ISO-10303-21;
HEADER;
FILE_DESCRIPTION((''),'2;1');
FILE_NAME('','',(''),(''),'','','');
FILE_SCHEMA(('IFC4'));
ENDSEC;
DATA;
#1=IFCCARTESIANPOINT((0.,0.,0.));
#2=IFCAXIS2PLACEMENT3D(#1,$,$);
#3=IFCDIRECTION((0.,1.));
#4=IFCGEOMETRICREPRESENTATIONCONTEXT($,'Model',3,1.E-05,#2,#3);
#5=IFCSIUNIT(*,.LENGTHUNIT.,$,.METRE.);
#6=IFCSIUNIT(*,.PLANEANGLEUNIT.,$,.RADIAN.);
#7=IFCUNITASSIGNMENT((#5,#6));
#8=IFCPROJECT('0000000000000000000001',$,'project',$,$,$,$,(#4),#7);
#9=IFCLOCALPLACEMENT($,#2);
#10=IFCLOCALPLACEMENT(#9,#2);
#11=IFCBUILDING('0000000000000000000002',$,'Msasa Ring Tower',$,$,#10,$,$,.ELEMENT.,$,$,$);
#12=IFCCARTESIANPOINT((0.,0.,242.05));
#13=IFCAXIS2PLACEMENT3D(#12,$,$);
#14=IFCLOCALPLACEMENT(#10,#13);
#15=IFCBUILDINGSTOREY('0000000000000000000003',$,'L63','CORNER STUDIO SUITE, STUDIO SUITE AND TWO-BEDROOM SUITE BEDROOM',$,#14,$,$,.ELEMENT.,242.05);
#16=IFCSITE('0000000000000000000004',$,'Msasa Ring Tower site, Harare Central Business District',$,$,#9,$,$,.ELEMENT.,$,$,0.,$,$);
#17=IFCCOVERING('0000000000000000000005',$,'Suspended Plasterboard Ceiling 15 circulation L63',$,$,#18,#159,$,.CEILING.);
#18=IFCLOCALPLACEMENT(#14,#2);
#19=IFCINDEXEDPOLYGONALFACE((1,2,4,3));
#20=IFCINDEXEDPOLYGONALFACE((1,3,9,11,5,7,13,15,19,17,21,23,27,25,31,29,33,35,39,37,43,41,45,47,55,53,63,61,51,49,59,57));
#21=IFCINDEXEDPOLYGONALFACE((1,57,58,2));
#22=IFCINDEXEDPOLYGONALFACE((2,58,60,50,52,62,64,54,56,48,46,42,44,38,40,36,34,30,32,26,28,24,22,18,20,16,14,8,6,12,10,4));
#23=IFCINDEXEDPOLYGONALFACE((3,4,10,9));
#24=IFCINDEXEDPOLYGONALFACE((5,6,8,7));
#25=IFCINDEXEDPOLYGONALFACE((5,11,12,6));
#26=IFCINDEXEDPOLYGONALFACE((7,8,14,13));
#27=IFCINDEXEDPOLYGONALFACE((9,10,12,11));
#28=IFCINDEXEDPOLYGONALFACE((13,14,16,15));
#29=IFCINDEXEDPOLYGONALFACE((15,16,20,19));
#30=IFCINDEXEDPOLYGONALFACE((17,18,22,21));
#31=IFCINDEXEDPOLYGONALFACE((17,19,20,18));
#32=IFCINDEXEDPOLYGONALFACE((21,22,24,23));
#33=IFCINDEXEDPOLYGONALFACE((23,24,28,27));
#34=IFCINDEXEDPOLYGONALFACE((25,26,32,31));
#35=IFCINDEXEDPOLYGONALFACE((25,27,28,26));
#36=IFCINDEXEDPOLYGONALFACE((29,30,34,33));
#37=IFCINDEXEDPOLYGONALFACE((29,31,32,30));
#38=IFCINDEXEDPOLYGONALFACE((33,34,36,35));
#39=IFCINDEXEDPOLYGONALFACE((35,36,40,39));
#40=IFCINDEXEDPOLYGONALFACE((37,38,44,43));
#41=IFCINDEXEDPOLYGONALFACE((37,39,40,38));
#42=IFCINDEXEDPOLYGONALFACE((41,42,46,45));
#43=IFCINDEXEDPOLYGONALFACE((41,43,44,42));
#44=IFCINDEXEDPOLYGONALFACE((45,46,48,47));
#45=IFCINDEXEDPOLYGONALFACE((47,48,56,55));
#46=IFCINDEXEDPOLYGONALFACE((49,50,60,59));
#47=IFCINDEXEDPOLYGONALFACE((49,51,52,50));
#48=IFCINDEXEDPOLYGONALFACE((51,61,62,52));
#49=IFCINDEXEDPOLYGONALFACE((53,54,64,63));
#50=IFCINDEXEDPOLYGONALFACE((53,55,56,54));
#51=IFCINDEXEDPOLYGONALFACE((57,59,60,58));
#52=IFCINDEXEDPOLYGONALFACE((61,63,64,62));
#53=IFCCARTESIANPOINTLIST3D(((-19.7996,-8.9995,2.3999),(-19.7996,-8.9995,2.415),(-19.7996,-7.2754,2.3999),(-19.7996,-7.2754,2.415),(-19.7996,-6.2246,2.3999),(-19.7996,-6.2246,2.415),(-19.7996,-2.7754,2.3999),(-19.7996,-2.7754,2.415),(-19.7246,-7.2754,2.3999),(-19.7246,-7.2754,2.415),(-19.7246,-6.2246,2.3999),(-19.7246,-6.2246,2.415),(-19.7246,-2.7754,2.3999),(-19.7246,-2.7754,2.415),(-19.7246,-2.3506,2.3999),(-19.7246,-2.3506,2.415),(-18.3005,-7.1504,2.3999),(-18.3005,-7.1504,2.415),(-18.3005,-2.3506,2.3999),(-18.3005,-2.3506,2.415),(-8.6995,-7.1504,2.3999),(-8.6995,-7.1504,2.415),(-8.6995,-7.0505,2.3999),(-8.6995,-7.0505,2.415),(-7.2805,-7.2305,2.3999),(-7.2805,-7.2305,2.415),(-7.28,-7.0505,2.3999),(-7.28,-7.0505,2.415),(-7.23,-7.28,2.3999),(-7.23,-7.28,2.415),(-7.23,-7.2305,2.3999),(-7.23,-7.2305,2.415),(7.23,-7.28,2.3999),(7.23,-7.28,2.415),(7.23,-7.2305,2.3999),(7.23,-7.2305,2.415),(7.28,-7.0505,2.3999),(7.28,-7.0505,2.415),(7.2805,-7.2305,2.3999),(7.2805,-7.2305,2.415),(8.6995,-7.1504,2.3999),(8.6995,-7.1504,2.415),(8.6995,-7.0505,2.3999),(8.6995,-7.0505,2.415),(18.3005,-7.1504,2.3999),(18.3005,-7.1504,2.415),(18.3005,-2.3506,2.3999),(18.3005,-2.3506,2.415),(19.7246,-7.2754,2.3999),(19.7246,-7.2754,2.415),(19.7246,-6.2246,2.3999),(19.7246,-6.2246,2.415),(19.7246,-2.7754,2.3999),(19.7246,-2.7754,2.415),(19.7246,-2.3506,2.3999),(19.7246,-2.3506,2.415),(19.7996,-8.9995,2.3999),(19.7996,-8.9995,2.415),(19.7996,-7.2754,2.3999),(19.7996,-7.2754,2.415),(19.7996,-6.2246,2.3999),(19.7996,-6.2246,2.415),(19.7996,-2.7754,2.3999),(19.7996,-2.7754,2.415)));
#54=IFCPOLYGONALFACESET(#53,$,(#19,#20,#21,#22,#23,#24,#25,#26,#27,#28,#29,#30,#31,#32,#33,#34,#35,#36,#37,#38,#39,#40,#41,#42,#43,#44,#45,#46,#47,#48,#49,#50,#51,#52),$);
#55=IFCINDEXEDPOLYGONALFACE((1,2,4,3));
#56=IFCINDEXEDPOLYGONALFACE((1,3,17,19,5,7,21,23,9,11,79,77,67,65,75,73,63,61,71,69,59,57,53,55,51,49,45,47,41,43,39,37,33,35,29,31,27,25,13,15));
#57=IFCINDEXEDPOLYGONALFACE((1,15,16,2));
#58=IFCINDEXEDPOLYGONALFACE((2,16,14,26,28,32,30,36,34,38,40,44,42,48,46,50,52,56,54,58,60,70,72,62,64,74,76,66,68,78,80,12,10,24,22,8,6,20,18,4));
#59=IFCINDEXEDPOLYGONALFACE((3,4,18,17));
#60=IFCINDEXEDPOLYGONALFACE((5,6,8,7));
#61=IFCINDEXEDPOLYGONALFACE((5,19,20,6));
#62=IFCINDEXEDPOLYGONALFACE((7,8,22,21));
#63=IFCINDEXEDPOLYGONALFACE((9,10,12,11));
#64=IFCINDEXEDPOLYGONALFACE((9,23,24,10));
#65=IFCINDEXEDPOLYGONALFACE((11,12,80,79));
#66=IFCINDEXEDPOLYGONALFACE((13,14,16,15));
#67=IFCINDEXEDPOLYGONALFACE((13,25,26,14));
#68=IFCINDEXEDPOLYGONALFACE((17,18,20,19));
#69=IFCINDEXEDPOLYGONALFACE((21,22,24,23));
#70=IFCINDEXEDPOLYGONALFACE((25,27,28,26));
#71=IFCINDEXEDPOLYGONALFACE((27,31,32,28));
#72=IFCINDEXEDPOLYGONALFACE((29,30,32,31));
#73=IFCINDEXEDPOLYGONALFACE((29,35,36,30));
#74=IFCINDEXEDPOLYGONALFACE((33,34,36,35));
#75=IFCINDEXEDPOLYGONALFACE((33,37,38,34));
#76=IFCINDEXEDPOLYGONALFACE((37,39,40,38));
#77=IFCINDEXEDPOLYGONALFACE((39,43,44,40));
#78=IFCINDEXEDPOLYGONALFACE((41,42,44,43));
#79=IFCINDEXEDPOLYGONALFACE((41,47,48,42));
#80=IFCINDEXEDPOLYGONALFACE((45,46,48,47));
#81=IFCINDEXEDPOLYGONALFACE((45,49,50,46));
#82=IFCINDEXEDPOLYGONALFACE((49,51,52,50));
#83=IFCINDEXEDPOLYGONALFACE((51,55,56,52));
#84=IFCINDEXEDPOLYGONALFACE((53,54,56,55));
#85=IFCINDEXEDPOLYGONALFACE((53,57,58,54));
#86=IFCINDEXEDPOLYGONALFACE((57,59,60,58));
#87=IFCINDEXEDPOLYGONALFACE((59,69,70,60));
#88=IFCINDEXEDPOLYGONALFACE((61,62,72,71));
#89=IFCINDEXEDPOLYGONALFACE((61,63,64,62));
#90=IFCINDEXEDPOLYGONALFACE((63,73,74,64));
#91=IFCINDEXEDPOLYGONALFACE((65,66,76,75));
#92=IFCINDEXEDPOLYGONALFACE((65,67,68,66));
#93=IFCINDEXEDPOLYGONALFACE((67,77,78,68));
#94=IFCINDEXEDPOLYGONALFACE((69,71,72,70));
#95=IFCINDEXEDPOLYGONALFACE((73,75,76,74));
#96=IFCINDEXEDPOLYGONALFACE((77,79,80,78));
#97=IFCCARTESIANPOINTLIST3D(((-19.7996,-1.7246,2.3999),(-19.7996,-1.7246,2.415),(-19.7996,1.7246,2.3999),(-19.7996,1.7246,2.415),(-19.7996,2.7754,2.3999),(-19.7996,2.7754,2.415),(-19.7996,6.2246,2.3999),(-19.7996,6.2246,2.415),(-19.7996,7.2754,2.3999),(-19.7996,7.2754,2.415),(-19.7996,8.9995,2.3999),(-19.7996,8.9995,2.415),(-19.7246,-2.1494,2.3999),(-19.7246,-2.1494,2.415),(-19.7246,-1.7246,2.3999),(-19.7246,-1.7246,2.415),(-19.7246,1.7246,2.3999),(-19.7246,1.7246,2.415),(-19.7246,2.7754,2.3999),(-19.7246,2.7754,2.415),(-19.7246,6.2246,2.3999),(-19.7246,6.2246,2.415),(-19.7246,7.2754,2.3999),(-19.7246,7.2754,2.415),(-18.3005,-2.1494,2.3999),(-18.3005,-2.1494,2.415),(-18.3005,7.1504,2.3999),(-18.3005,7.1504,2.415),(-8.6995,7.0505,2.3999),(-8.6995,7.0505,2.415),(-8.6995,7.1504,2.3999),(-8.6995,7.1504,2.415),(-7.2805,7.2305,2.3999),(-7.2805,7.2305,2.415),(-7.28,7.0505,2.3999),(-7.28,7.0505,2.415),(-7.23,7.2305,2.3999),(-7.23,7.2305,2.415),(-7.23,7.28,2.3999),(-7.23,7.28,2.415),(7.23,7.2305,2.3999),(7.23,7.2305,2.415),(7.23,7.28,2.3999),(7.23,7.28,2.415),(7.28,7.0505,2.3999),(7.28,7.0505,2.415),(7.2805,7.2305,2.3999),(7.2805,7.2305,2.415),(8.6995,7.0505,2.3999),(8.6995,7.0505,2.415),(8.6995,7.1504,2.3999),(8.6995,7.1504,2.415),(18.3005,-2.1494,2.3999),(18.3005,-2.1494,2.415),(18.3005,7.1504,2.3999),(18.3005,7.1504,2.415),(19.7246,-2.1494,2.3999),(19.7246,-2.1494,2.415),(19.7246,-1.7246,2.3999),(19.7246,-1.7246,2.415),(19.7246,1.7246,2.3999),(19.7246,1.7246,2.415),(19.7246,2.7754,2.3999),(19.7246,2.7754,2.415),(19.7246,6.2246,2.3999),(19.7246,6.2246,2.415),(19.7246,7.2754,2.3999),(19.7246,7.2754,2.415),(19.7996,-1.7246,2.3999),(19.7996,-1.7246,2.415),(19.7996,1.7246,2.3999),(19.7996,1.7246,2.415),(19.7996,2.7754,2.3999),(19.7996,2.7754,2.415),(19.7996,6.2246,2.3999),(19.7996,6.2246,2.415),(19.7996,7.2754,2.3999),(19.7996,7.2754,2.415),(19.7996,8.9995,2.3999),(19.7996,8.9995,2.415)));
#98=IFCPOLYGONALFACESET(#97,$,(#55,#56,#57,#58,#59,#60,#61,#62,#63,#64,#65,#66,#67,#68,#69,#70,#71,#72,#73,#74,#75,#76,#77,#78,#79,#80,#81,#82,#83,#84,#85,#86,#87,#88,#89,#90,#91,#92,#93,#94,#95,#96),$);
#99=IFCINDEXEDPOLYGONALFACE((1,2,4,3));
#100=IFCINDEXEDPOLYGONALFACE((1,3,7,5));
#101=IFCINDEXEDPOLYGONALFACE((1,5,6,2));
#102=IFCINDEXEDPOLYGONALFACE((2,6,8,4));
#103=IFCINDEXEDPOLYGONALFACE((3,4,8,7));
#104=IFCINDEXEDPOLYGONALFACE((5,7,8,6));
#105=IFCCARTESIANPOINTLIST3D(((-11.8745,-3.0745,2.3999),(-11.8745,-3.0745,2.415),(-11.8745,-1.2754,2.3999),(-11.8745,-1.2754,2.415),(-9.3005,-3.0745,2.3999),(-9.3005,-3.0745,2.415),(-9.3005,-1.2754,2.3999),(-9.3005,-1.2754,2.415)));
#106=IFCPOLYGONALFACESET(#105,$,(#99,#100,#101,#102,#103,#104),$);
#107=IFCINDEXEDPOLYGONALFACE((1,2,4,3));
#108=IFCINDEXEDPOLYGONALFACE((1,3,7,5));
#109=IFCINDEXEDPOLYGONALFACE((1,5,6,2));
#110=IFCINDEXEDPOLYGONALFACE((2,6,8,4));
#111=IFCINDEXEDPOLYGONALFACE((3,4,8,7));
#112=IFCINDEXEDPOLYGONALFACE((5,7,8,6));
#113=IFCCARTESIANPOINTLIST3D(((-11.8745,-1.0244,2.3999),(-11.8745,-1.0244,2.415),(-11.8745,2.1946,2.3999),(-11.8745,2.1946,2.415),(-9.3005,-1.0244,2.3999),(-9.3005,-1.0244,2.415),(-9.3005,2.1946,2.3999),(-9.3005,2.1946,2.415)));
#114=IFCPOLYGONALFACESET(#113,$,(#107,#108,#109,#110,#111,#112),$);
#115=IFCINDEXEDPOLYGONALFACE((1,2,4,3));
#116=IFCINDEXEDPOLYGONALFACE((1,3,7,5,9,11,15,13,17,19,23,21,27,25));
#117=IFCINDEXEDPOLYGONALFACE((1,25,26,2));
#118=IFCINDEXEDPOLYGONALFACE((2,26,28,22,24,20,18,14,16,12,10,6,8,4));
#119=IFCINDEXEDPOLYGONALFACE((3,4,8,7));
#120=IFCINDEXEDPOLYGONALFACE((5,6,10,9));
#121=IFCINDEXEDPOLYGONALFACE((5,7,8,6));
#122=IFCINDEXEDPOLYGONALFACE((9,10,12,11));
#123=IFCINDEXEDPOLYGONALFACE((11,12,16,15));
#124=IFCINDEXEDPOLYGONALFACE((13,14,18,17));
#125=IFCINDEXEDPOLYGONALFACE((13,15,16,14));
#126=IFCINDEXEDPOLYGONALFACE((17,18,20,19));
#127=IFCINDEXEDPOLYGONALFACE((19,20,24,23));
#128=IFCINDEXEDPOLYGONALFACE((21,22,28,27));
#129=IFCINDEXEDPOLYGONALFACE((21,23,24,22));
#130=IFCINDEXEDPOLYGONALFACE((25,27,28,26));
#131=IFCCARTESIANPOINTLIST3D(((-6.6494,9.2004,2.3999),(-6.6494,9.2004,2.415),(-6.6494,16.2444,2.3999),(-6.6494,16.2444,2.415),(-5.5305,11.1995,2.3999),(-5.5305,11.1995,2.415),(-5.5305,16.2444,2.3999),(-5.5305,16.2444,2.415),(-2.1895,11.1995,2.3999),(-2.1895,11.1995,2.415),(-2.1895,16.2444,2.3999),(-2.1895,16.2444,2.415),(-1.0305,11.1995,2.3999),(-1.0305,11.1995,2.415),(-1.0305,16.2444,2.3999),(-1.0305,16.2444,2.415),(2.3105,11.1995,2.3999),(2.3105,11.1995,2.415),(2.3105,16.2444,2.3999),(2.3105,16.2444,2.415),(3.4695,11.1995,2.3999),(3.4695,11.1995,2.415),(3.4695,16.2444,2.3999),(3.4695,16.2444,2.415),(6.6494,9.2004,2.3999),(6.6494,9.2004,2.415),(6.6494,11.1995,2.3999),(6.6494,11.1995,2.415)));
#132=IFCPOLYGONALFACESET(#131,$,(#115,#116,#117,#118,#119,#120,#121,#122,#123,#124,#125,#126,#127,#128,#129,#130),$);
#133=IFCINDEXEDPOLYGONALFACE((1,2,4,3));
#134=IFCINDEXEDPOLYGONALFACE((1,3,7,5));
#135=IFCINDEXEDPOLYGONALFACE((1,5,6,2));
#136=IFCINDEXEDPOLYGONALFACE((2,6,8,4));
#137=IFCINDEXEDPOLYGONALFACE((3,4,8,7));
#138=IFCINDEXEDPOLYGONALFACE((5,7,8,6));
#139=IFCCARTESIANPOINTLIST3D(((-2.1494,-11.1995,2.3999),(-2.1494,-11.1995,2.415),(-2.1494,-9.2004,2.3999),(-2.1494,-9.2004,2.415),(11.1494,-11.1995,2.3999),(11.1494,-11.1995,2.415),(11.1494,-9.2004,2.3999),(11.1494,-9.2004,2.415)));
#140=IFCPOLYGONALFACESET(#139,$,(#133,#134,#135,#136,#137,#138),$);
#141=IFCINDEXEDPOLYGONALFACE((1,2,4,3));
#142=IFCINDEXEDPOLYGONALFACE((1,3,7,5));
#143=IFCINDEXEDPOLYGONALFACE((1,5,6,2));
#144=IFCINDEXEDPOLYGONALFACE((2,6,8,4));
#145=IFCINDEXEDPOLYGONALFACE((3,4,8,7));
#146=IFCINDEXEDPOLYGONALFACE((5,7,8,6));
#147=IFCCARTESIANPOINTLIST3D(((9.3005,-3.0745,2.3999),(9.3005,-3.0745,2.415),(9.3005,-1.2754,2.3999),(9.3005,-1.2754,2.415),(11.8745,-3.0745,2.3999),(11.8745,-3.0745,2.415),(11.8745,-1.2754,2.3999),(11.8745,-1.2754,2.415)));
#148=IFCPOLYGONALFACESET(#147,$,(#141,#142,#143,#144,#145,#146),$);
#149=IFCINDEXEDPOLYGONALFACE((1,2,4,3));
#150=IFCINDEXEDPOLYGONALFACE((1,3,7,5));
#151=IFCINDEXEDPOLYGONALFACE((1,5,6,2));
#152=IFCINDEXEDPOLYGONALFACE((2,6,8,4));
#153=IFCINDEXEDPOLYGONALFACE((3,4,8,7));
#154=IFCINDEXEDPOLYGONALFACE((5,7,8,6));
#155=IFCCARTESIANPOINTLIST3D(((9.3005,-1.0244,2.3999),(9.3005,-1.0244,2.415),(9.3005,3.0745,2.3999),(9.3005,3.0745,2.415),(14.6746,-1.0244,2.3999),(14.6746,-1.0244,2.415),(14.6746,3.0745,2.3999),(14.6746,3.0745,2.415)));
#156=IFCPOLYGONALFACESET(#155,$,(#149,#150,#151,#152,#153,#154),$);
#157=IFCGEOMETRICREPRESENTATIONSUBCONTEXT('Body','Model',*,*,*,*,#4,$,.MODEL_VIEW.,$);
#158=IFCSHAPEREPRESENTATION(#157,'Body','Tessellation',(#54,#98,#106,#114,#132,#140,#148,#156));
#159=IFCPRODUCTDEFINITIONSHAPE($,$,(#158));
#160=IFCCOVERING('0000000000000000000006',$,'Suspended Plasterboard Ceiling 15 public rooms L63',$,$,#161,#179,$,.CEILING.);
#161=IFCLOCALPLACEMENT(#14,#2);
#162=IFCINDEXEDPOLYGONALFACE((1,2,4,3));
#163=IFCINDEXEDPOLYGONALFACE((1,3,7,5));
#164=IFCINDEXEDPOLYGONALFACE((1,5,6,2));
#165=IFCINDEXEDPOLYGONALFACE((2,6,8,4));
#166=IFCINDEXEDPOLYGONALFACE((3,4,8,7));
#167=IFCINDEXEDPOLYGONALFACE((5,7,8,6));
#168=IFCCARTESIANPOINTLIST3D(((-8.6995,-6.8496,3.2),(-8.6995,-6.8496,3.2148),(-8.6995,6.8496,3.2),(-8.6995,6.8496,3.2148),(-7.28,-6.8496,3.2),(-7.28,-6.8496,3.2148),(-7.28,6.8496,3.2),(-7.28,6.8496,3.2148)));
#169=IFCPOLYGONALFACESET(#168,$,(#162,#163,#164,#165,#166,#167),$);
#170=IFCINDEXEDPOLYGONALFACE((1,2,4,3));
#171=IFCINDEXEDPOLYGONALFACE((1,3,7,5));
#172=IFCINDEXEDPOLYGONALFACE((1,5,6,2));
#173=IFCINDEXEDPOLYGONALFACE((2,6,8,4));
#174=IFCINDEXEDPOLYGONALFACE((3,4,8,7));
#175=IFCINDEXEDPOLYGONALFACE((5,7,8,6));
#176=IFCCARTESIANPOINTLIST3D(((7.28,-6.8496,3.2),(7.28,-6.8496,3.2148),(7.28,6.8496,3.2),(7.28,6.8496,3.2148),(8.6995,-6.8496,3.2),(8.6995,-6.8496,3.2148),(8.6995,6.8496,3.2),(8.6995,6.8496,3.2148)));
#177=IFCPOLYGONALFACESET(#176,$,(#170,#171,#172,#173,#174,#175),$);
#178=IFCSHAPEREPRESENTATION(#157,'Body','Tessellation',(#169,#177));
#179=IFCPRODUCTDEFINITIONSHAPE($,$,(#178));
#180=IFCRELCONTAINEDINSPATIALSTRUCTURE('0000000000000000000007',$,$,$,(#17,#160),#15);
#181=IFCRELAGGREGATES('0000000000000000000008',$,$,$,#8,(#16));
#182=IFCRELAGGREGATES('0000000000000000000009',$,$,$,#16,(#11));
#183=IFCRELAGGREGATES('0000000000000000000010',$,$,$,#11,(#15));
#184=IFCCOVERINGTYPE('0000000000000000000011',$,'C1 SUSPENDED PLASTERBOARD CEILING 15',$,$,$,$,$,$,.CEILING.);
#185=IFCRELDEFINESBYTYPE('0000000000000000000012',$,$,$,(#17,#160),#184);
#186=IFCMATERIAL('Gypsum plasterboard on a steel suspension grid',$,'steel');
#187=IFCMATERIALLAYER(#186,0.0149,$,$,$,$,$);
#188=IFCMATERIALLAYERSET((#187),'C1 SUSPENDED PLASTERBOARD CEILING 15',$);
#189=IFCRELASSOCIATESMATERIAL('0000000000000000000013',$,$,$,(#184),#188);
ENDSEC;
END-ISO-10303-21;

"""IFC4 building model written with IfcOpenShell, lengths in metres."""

from ifc_helpers import new_model, si_unit, direction, frame, origin, place, context, subcontext, project, spatial, line, indexed_curve, outline, extrude, material, layer, layer_set, type_object, element, save


model = new_model("IFC4")

# Units and contexts
model_context = context("Model", 3, precision=1e-05, world=origin(), true_north=direction((0.0, 1.0)))
body_context = subcontext(model_context, "Body", "Model", "MODEL_VIEW")
ifc_project = project(units=[si_unit("LENGTHUNIT", "METRE"), si_unit("PLANEANGLEUNIT", "RADIAN")], contexts=[model_context])

# Site, building, storey
site_placement = place(None, origin())
site = spatial("IfcSite", under=ifc_project, at=site_placement, Name="Msasa Ring Tower site, Harare Central Business District", CompositionType="ELEMENT", RefElevation=0.0)
building_placement = place(site_placement, origin())
building = spatial("IfcBuilding", under=site, at=building_placement, Name="Msasa Ring Tower", CompositionType="ELEMENT")
storey_placement = place(building_placement, frame((0.0, 0.0, 242.05)))
storey = spatial("IfcBuildingStorey", under=building, at=storey_placement, Name="L63", Description="CORNER STUDIO SUITE, STUDIO SUITE AND TWO-BEDROOM SUITE BEDROOM", CompositionType="ELEMENT", Elevation=242.05)

# Coverings
ifc_material_1 = material(Name="Gypsum plasterboard on a steel suspension grid", Category="steel")
ifc_layer_1 = layer(ifc_material_1, 0.0149)
ifc_layer_set_1 = layer_set([ifc_layer_1], Name="C1 SUSPENDED PLASTERBOARD CEILING 15")
covering_type_1 = type_object("IfcCoveringType", Name="C1 SUSPENDED PLASTERBOARD CEILING 15", PredefinedType="CEILING", material=ifc_layer_set_1)
covering_1_placement = place(storey_placement, frame((0.0, 0.0, 2.3999)))
element("IfcCovering", 1, at=covering_1_placement, inside=storey, type_object=covering_type_1, Name="Suspended Plasterboard Ceiling 15 circulation L63", PredefinedType="CEILING", context=body_context, shape_type="SweptSolid", body=[
    extrude(outline(indexed_curve([(8.6995, -7.1504), (18.3005, -7.1504), (18.3005, -2.3506), (19.7246, -2.3506), (19.7246, -2.7754), (19.7996, -2.7754), (19.7996, -6.2246), (19.7246, -6.2246), (19.7246, -7.2754), (19.7996, -7.2754), (19.7996, -8.9995), (-19.7996, -8.9995), (-19.7996, -7.2754), (-19.7246, -7.2754), (-19.7246, -6.2246), (-19.7996, -6.2246), (-19.7996, -2.7754), (-19.7246, -2.7754), (-19.7246, -2.3506), (-18.3005, -2.3506), (-18.3005, -7.1504), (-8.6995, -7.1504), (-8.6995, -7.0505), (-7.28, -7.0505), (-7.2805, -7.2305), (-7.23, -7.2305), (-7.23, -7.28), (7.23, -7.28), (7.23, -7.2305), (7.2805, -7.2305), (7.28, -7.0505), (8.6995, -7.0505)], segments=[line(1, 2, 3, 4, 5, 6, 7, 8, 9, 10, 11, 12, 13, 14, 15, 16, 17, 18, 19, 20, 21, 22, 23, 24, 25, 26, 27, 28, 29, 30, 31, 32, 1)], self_intersect=False)), origin(), (0.0, 0.0, 1.0), 0.0151),
    extrude(outline(indexed_curve([(19.7996, 7.2754), (19.7246, 7.2754), (19.7246, 6.2246), (19.7996, 6.2246), (19.7996, 2.7754), (19.7246, 2.7754), (19.7246, 1.7246), (19.7996, 1.7246), (19.7996, -1.7246), (19.7246, -1.7246), (19.7246, -2.1494), (18.3005, -2.1494), (18.3005, 7.1504), (8.6995, 7.1504), (8.6995, 7.0505), (7.28, 7.0505), (7.2805, 7.2305), (7.23, 7.2305), (7.23, 7.28), (-7.23, 7.28), (-7.23, 7.2305), (-7.2805, 7.2305), (-7.28, 7.0505), (-8.6995, 7.0505), (-8.6995, 7.1504), (-18.3005, 7.1504), (-18.3005, -2.1494), (-19.7246, -2.1494), (-19.7246, -1.7246), (-19.7996, -1.7246), (-19.7996, 1.7246), (-19.7246, 1.7246), (-19.7246, 2.7754), (-19.7996, 2.7754), (-19.7996, 6.2246), (-19.7246, 6.2246), (-19.7246, 7.2754), (-19.7996, 7.2754), (-19.7996, 8.9995), (19.7996, 8.9995)], segments=[line(1, 2, 3, 4, 5, 6, 7, 8, 9, 10, 11, 12, 13, 14, 15, 16, 17, 18, 19, 20, 21, 22, 23, 24, 25, 26, 27, 28, 29, 30, 31, 32, 33, 34, 35, 36, 37, 38, 39, 40, 1)], self_intersect=False)), origin(), (0.0, 0.0, 1.0), 0.0151),
    extrude(outline(indexed_curve([(-11.8745, -3.0745), (-11.8745, -1.2754), (-9.3005, -1.2754), (-9.3005, -3.0745)], segments=[line(1, 2, 3, 4, 1)], self_intersect=False)), origin(), (0.0, 0.0, 1.0), 0.0151),
    extrude(outline(indexed_curve([(-11.8745, -1.0244), (-11.8745, 2.1946), (-9.3005, 2.1946), (-9.3005, -1.0244)], segments=[line(1, 2, 3, 4, 1)], self_intersect=False)), origin(), (0.0, 0.0, 1.0), 0.0151),
    extrude(outline(indexed_curve([(-5.5305, 11.1995), (-2.1895, 11.1995), (-2.1895, 16.2444), (-1.0305, 16.2444), (-1.0305, 11.1995), (2.3105, 11.1995), (2.3105, 16.2444), (3.4695, 16.2444), (3.4695, 11.1995), (6.6494, 11.1995), (6.6494, 9.2004), (-6.6494, 9.2004), (-6.6494, 16.2444), (-5.5305, 16.2444)], segments=[line(1, 2, 3, 4, 5, 6, 7, 8, 9, 10, 11, 12, 13, 14, 1)], self_intersect=False)), origin(), (0.0, 0.0, 1.0), 0.0151),
    extrude(outline(indexed_curve([(-2.1494, -11.1995), (-2.1494, -9.2004), (11.1494, -9.2004), (11.1494, -11.1995)], segments=[line(1, 2, 3, 4, 1)], self_intersect=False)), origin(), (0.0, 0.0, 1.0), 0.0151),
    extrude(outline(indexed_curve([(9.3005, -3.0745), (9.3005, -1.2754), (11.8745, -1.2754), (11.8745, -3.0745)], segments=[line(1, 2, 3, 4, 1)], self_intersect=False)), origin(), (0.0, 0.0, 1.0), 0.0151),
    extrude(outline(indexed_curve([(9.3005, -1.0244), (9.3005, 3.0745), (14.6746, 3.0745), (14.6746, -1.0244)], segments=[line(1, 2, 3, 4, 1)], self_intersect=False)), origin(), (0.0, 0.0, 1.0), 0.0151),
])
covering_2_placement = place(storey_placement, frame((0.0, 0.0, 3.2)))
element("IfcCovering", 2, at=covering_2_placement, inside=storey, type_object=covering_type_1, Name="Suspended Plasterboard Ceiling 15 public rooms L63", PredefinedType="CEILING", context=body_context, shape_type="SweptSolid", body=[
    extrude(outline(indexed_curve([(-7.28, 6.8496), (-7.28, -6.8496), (-8.6995, -6.8496), (-8.6995, 6.8496)], segments=[line(1, 2, 3, 4, 1)], self_intersect=False)), origin(), (0.0, 0.0, 1.0), 0.0149),
    extrude(outline(indexed_curve([(8.6995, 6.8496), (8.6995, -6.8496), (7.28, -6.8496), (7.28, 6.8496)], segments=[line(1, 2, 3, 4, 1)], self_intersect=False)), origin(), (0.0, 0.0, 1.0), 0.0149),
])

save(model, "model.ifc")
